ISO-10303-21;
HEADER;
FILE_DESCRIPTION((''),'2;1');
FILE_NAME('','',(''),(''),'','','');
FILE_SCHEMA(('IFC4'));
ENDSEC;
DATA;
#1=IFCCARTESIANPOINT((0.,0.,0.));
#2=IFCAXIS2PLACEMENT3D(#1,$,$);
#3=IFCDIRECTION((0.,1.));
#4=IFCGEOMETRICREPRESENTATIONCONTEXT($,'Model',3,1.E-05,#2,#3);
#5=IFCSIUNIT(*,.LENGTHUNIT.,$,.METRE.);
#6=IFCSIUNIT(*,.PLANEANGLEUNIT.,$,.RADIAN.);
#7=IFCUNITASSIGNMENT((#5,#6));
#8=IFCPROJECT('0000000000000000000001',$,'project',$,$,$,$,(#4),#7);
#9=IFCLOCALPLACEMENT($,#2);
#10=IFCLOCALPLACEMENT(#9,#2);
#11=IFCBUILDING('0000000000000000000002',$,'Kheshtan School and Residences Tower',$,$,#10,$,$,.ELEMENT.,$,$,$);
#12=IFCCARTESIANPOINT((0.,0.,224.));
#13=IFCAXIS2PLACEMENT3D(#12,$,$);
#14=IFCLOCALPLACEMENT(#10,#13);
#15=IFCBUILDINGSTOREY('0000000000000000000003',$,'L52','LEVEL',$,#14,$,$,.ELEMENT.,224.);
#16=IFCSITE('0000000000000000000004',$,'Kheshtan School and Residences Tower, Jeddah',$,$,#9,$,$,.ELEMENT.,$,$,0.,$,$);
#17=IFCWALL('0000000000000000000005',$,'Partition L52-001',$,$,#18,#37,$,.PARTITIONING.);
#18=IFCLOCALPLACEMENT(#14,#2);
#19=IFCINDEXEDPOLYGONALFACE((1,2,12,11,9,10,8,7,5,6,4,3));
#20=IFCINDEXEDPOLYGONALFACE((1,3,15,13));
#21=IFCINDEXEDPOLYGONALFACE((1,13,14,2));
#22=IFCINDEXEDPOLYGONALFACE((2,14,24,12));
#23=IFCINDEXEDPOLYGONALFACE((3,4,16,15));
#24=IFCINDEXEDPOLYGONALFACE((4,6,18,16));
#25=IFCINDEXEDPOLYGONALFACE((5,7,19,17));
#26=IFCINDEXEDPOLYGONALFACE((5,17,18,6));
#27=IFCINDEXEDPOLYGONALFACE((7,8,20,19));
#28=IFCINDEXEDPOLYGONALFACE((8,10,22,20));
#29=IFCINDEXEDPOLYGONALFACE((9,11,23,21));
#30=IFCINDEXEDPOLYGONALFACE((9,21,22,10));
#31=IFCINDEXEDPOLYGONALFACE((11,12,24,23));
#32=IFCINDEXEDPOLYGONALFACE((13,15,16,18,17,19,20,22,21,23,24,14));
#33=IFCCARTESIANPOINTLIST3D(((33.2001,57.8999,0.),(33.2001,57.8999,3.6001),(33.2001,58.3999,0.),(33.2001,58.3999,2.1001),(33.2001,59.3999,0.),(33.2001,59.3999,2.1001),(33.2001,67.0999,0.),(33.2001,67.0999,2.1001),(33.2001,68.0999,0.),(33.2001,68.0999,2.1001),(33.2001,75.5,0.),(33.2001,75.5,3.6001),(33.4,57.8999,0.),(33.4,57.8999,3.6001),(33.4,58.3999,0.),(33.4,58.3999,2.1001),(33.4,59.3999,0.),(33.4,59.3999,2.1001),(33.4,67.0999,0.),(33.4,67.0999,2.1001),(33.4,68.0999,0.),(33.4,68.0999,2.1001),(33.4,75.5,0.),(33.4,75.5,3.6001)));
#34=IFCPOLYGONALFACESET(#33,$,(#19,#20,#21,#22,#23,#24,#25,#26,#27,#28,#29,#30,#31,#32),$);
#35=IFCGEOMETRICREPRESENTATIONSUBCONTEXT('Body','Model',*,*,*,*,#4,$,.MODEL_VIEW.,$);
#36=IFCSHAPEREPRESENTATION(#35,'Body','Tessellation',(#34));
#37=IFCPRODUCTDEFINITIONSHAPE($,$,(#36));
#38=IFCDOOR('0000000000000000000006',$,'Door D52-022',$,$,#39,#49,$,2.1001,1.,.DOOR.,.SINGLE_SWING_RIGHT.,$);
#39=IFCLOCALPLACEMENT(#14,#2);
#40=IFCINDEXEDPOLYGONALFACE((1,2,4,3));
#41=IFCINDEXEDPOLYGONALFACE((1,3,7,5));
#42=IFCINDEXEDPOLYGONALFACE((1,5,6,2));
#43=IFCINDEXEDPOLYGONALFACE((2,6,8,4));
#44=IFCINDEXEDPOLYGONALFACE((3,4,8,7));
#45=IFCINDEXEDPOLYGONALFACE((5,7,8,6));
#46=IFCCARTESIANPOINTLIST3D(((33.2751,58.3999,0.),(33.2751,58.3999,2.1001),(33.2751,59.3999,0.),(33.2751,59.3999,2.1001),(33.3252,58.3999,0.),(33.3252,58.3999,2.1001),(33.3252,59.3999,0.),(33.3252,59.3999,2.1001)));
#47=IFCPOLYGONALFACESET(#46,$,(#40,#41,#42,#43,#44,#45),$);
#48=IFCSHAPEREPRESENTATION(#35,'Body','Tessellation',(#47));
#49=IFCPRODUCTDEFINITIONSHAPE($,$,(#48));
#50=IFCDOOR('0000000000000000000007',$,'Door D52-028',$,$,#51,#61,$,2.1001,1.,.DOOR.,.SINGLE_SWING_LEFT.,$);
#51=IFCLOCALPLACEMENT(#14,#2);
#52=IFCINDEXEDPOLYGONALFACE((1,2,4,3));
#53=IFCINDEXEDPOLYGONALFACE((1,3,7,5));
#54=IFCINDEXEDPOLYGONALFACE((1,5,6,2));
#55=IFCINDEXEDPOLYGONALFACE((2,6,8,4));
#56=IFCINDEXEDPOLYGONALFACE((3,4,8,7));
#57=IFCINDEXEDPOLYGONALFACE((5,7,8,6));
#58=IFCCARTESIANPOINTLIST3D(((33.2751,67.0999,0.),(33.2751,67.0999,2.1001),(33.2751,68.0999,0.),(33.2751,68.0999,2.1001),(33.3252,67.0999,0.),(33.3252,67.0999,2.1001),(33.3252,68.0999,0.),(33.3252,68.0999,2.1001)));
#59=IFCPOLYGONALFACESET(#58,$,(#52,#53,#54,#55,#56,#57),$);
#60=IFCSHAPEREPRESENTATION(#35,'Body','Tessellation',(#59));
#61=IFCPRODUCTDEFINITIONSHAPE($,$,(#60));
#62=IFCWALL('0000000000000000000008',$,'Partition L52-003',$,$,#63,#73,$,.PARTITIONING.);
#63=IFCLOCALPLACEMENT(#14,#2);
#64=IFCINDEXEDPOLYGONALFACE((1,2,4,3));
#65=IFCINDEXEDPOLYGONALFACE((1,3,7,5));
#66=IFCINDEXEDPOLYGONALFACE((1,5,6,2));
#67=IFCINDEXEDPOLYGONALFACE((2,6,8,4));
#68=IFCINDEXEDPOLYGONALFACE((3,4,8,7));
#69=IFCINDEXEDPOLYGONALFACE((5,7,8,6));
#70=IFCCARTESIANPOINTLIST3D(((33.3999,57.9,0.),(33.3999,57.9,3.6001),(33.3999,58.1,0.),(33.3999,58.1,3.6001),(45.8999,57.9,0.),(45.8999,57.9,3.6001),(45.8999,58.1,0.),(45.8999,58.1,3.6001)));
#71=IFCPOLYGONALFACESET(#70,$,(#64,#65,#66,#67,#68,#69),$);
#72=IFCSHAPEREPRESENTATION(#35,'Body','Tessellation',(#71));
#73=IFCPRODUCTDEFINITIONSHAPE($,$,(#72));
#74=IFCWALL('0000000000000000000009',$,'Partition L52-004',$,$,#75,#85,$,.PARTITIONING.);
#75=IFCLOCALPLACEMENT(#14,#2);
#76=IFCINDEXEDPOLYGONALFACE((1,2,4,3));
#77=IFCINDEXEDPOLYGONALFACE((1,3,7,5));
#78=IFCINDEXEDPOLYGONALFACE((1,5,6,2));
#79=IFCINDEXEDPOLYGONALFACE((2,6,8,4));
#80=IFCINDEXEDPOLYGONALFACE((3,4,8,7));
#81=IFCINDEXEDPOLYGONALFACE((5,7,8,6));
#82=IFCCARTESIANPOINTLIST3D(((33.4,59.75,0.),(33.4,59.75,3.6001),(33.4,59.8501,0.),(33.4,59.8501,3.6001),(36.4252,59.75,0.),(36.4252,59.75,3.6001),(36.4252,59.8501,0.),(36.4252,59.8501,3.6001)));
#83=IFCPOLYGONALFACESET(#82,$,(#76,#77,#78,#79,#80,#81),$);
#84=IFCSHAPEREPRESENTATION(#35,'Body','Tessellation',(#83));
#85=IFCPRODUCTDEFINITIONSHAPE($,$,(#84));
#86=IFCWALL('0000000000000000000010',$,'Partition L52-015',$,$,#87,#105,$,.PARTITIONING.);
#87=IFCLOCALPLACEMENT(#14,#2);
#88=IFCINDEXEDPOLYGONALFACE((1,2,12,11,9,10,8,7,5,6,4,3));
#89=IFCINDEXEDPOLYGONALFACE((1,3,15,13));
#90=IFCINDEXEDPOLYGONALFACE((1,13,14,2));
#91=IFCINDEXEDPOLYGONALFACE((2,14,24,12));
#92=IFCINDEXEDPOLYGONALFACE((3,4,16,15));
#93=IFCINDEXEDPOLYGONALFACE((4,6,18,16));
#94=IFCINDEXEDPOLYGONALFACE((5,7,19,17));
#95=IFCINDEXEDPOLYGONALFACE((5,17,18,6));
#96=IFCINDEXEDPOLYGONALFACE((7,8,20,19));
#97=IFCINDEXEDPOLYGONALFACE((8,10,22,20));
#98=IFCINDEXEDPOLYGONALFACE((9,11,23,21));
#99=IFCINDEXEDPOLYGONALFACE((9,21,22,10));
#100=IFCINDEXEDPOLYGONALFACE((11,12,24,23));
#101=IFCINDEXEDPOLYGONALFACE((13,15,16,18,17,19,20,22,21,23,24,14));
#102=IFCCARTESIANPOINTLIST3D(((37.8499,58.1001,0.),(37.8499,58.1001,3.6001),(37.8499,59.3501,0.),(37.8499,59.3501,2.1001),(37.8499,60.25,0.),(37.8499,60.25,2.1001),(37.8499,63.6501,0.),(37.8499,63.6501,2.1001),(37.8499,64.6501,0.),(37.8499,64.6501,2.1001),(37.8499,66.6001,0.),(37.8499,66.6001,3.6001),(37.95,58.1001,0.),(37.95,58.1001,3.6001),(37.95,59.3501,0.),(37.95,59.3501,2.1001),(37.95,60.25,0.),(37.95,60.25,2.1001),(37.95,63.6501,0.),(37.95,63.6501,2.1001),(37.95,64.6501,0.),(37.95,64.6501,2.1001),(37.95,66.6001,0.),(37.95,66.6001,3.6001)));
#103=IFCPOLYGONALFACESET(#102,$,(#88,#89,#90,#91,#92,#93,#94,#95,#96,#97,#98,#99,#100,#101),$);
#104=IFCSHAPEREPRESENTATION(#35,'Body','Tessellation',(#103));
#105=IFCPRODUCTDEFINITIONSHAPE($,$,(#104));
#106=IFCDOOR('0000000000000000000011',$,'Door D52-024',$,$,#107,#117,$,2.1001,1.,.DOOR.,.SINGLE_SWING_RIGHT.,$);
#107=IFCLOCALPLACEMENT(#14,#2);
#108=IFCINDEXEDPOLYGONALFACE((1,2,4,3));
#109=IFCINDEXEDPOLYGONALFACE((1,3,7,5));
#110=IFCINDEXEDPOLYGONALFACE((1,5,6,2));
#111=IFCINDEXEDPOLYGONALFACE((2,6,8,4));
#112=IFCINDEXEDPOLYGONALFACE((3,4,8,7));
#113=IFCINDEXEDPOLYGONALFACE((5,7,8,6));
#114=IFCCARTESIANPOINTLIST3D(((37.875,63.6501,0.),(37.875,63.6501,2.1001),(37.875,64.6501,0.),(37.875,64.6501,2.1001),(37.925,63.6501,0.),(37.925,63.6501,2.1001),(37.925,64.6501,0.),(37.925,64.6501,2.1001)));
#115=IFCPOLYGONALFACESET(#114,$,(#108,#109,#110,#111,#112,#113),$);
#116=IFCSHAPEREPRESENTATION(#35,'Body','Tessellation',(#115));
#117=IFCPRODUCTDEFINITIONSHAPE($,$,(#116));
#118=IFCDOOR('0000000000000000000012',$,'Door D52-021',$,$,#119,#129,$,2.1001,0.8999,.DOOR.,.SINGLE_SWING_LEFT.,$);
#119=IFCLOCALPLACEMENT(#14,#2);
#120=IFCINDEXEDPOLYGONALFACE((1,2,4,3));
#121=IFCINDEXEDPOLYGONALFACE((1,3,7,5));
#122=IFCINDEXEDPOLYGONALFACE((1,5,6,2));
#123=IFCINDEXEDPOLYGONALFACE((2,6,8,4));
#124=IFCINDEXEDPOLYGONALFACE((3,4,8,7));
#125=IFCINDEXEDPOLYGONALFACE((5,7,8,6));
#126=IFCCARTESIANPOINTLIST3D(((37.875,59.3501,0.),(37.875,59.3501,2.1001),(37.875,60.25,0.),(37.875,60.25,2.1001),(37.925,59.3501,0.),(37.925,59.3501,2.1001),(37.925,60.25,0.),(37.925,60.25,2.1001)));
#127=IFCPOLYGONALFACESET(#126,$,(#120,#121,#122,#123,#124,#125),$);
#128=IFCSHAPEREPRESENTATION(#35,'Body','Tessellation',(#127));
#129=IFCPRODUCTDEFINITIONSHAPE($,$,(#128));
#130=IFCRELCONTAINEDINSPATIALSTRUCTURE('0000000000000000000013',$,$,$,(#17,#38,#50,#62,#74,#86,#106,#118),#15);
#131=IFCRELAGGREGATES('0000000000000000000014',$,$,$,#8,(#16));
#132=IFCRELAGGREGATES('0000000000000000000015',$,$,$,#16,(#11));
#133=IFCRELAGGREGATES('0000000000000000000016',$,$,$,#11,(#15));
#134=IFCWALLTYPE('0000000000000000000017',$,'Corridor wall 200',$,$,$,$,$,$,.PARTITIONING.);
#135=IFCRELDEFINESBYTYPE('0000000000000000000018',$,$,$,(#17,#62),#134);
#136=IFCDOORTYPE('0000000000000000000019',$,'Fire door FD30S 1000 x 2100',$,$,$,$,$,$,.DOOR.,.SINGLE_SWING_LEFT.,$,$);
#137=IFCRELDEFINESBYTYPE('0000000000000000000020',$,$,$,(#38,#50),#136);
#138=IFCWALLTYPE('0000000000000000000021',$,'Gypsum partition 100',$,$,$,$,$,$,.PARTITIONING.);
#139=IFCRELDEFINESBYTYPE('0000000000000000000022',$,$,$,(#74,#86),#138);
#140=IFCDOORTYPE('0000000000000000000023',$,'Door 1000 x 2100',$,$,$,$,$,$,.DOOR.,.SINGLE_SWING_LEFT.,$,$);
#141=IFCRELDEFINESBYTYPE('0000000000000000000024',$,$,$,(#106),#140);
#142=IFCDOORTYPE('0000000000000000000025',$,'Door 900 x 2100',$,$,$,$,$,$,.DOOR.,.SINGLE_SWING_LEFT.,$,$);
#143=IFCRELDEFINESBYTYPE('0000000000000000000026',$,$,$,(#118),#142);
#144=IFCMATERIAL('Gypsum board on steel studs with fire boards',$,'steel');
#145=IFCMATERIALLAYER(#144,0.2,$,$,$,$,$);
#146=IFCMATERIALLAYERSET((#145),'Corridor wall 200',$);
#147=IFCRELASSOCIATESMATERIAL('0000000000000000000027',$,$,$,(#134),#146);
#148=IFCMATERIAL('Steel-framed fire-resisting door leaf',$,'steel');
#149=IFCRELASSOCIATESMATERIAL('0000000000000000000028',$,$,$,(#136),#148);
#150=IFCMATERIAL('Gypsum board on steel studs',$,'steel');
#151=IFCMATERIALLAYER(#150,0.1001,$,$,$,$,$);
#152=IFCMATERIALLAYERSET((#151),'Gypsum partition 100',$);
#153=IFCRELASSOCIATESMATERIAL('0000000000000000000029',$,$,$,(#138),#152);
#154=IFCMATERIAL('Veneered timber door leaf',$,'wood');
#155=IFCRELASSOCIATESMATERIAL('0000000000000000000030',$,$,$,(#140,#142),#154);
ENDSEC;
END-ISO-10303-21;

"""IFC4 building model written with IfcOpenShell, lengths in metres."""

from ifc_helpers import new_model, si_unit, direction, frame, frame_2d, origin, place, context, subcontext, project, spatial, rectangle, extrude, source, transform, mapped, material, layer, layer_set, type_object, element, fill, save


model = new_model("IFC4")

# Units and contexts
model_context = context("Model", 3, precision=1e-05, world=origin(), true_north=direction((0.0, 1.0)))
body_context = subcontext(model_context, "Body", "Model", "MODEL_VIEW")
ifc_project = project(units=[si_unit("LENGTHUNIT", "METRE"), si_unit("PLANEANGLEUNIT", "RADIAN")], contexts=[model_context])

# Site, building, storey
site_placement = place(None, origin())
site = spatial("IfcSite", under=ifc_project, at=site_placement, Name="Kheshtan School and Residences Tower, Jeddah", CompositionType="ELEMENT", RefElevation=0.0)
building_placement = place(site_placement, origin())
building = spatial("IfcBuilding", under=site, at=building_placement, Name="Kheshtan School and Residences Tower", CompositionType="ELEMENT")
storey_placement = place(building_placement, frame((0.0, 0.0, 224.0)))
storey = spatial("IfcBuildingStorey", under=building, at=storey_placement, Name="L52", Description="LEVEL", CompositionType="ELEMENT", Elevation=224.0)

# Wall, openings, doors
ifc_material_1 = material(Name="Gypsum board on steel studs with fire boards", Category="steel")
ifc_layer_1 = layer(ifc_material_1, 0.2)
ifc_layer_set_1 = layer_set([ifc_layer_1], Name="Corridor wall 200")
wall_type_1 = type_object("IfcWallType", Name="Corridor wall 200", PredefinedType="PARTITIONING", material=ifc_layer_set_1)
wall_1_placement = place(storey_placement, frame((33.3, 57.8999, 0.0), z_axis=(0.0, 0.0, 1.0), x_axis=(0.0, 1.0, 0.0)))
wall_1 = element("IfcWall", 1, at=wall_1_placement, inside=storey, type_object=wall_type_1, Name="Partition L52-001", PredefinedType="PARTITIONING", context=body_context, shape_type="SweptSolid", body=[
    extrude(rectangle(XDim=17.6001, YDim=0.2, at=frame_2d((8.8, 0.0))), origin(), (0.0, 0.0, 1.0), 3.6001),
])
opening_1_placement = place(wall_1_placement, frame((0.5, 0.0, 0.0)))
opening_1 = element("IfcOpeningElement", 2, at=opening_1_placement, cuts=wall_1, PredefinedType="OPENING", context=body_context, shape_type="SweptSolid", body=[
    extrude(rectangle(XDim=1.0, YDim=2.1001, at=frame_2d((0.5, 1.05))), frame((0.0, 0.1099, 0.0), z_axis=(0.0, -1.0, 0.0), x_axis=(1.0, 0.0, 0.0)), (0.0, 0.0, 1.0), 0.22),
])
opening_2_placement = place(wall_1_placement, frame((9.2, 0.0, 0.0)))
opening_2 = element("IfcOpeningElement", 3, at=opening_2_placement, cuts=wall_1, PredefinedType="OPENING", context=body_context, shape_type="SweptSolid", body=[
    extrude(rectangle(XDim=1.0, YDim=2.1001, at=frame_2d((0.5, 1.05))), frame((0.0, 0.1099, 0.0), z_axis=(0.0, -1.0, 0.0), x_axis=(1.0, 0.0, 0.0)), (0.0, 0.0, 1.0), 0.22),
])
ifc_material_2 = material(Name="Steel-framed fire-resisting door leaf", Category="steel")
door_type_1 = type_object("IfcDoorType", Name="Fire door FD30S 1000 x 2100", OperationType="SINGLE_SWING_LEFT", PredefinedType="DOOR", material=ifc_material_2)
shared_shape_1 = source(origin(), body_context, "Body", "SweptSolid", [
    extrude(rectangle(XDim=1.0, YDim=2.1001, at=frame_2d((0.5, 1.05))), frame((0.0, 0.0249, 0.0), z_axis=(0.0, -1.0, 0.0), x_axis=(1.0, 0.0, 0.0)), (0.0, 0.0, 1.0), 0.05),
])
door_1_placement = place(opening_1_placement, origin())
door_1 = element("IfcDoor", 4, at=door_1_placement, inside=storey, type_object=door_type_1, Name="Door D52-022", OperationType="SINGLE_SWING_RIGHT", OverallHeight=2.1001, OverallWidth=1.0, PredefinedType="DOOR", context=body_context, shape_type="MappedRepresentation", body=[
    mapped(shared_shape_1, transform((0.0, 0.0, 0.0), x_axis=(1.0, 0.0, 0.0), y_axis=(0.0, 1.0, 0.0), z_axis=(0.0, 0.0, 1.0), scale=1.0)),
])
fill(opening_1, door_1)
door_2_placement = place(opening_2_placement, origin())
door_2 = element("IfcDoor", 5, at=door_2_placement, inside=storey, type_object=door_type_1, Name="Door D52-028", OperationType="SINGLE_SWING_LEFT", OverallHeight=2.1001, OverallWidth=1.0, PredefinedType="DOOR", context=body_context, shape_type="MappedRepresentation", body=[
    mapped(shared_shape_1, transform((0.0, 0.0, 0.0), x_axis=(1.0, 0.0, 0.0), y_axis=(0.0, 1.0, 0.0), z_axis=(0.0, 0.0, 1.0), scale=1.0)),
])
fill(opening_2, door_2)

# Walls
wall_2_placement = place(storey_placement, frame((33.3999, 58.0, 0.0), z_axis=(0.0, 0.0, 1.0), x_axis=(1.0, 0.0, 0.0)))
element("IfcWall", 6, at=wall_2_placement, inside=storey, type_object=wall_type_1, Name="Partition L52-003", PredefinedType="PARTITIONING", context=body_context, shape_type="SweptSolid", body=[
    extrude(rectangle(XDim=12.5, YDim=0.2, at=frame_2d((6.25, 0.0))), origin(), (0.0, 0.0, 1.0), 3.6001),
])
ifc_material_3 = material(Name="Gypsum board on steel studs", Category="steel")
ifc_layer_2 = layer(ifc_material_3, 0.1001)
ifc_layer_set_2 = layer_set([ifc_layer_2], Name="Gypsum partition 100")
wall_type_2 = type_object("IfcWallType", Name="Gypsum partition 100", PredefinedType="PARTITIONING", material=ifc_layer_set_2)
wall_3_placement = place(storey_placement, frame((33.3999, 59.8, 0.0), z_axis=(0.0, 0.0, 1.0), x_axis=(1.0, 0.0, 0.0)))
element("IfcWall", 7, at=wall_3_placement, inside=storey, type_object=wall_type_2, Name="Partition L52-004", PredefinedType="PARTITIONING", context=body_context, shape_type="SweptSolid", body=[
    extrude(rectangle(XDim=3.0251, YDim=0.1001, at=frame_2d((1.5127, 0.0))), origin(), (0.0, 0.0, 1.0), 3.6001),
])

# Wall, openings, doors
wall_4_placement = place(storey_placement, frame((37.8999, 58.1001, 0.0), z_axis=(0.0, 0.0, 1.0), x_axis=(0.0, 1.0, 0.0)))
wall_4 = element("IfcWall", 8, at=wall_4_placement, inside=storey, type_object=wall_type_2, Name="Partition L52-015", PredefinedType="PARTITIONING", context=body_context, shape_type="SweptSolid", body=[
    extrude(rectangle(XDim=8.5, YDim=0.1001, at=frame_2d((4.25, 0.0))), origin(), (0.0, 0.0, 1.0), 3.6001),
])
opening_3_placement = place(wall_4_placement, frame((1.25, 0.0, 0.0)))
opening_3 = element("IfcOpeningElement", 9, at=opening_3_placement, cuts=wall_4, PredefinedType="OPENING", context=body_context, shape_type="SweptSolid", body=[
    extrude(rectangle(XDim=0.8999, YDim=2.1001, at=frame_2d((0.45, 1.05))), frame((0.0, 0.0601, 0.0), z_axis=(0.0, -1.0, 0.0), x_axis=(1.0, 0.0, 0.0)), (0.0, 0.0, 1.0), 0.1201),
])
opening_4_placement = place(wall_4_placement, frame((5.55, 0.0, 0.0)))
opening_4 = element("IfcOpeningElement", 10, at=opening_4_placement, cuts=wall_4, PredefinedType="OPENING", context=body_context, shape_type="SweptSolid", body=[
    extrude(rectangle(XDim=1.0, YDim=2.1001, at=frame_2d((0.5, 1.05))), frame((0.0, 0.0601, 0.0), z_axis=(0.0, -1.0, 0.0), x_axis=(1.0, 0.0, 0.0)), (0.0, 0.0, 1.0), 0.1201),
])
ifc_material_4 = material(Name="Veneered timber door leaf", Category="wood")
door_type_2 = type_object("IfcDoorType", Name="Door 1000 x 2100", OperationType="SINGLE_SWING_LEFT", PredefinedType="DOOR", material=ifc_material_4)
shared_shape_2 = source(origin(), body_context, "Body", "SweptSolid", [
    extrude(rectangle(XDim=1.0, YDim=2.1001, at=frame_2d((0.5, 1.05))), frame((0.0, 0.0249, 0.0), z_axis=(0.0, -1.0, 0.0), x_axis=(1.0, 0.0, 0.0)), (0.0, 0.0, 1.0), 0.05),
])
door_3_placement = place(opening_4_placement, origin())
door_3 = element("IfcDoor", 11, at=door_3_placement, inside=storey, type_object=door_type_2, Name="Door D52-024", OperationType="SINGLE_SWING_RIGHT", OverallHeight=2.1001, OverallWidth=1.0, PredefinedType="DOOR", context=body_context, shape_type="MappedRepresentation", body=[
    mapped(shared_shape_2, transform((0.0, 0.0, 0.0), x_axis=(1.0, 0.0, 0.0), y_axis=(0.0, 1.0, 0.0), z_axis=(0.0, 0.0, 1.0), scale=1.0)),
])
fill(opening_4, door_3)
door_type_3 = type_object("IfcDoorType", Name="Door 900 x 2100", OperationType="SINGLE_SWING_LEFT", PredefinedType="DOOR", material=ifc_material_4)
shared_shape_3 = source(origin(), body_context, "Body", "SweptSolid", [
    extrude(rectangle(XDim=0.8999, YDim=2.1001, at=frame_2d((0.45, 1.05))), frame((0.0, 0.0249, 0.0), z_axis=(0.0, -1.0, 0.0), x_axis=(1.0, 0.0, 0.0)), (0.0, 0.0, 1.0), 0.05),
])
door_4_placement = place(opening_3_placement, origin())
door_4 = element("IfcDoor", 12, at=door_4_placement, inside=storey, type_object=door_type_3, Name="Door D52-021", OperationType="SINGLE_SWING_LEFT", OverallHeight=2.1001, OverallWidth=0.8999, PredefinedType="DOOR", context=body_context, shape_type="MappedRepresentation", body=[
    mapped(shared_shape_3, transform((0.0, 0.0, 0.0), x_axis=(1.0, 0.0, 0.0), y_axis=(0.0, 1.0, 0.0), z_axis=(0.0, 0.0, 1.0), scale=1.0)),
])
fill(opening_3, door_4)

save(model, "model.ifc")
